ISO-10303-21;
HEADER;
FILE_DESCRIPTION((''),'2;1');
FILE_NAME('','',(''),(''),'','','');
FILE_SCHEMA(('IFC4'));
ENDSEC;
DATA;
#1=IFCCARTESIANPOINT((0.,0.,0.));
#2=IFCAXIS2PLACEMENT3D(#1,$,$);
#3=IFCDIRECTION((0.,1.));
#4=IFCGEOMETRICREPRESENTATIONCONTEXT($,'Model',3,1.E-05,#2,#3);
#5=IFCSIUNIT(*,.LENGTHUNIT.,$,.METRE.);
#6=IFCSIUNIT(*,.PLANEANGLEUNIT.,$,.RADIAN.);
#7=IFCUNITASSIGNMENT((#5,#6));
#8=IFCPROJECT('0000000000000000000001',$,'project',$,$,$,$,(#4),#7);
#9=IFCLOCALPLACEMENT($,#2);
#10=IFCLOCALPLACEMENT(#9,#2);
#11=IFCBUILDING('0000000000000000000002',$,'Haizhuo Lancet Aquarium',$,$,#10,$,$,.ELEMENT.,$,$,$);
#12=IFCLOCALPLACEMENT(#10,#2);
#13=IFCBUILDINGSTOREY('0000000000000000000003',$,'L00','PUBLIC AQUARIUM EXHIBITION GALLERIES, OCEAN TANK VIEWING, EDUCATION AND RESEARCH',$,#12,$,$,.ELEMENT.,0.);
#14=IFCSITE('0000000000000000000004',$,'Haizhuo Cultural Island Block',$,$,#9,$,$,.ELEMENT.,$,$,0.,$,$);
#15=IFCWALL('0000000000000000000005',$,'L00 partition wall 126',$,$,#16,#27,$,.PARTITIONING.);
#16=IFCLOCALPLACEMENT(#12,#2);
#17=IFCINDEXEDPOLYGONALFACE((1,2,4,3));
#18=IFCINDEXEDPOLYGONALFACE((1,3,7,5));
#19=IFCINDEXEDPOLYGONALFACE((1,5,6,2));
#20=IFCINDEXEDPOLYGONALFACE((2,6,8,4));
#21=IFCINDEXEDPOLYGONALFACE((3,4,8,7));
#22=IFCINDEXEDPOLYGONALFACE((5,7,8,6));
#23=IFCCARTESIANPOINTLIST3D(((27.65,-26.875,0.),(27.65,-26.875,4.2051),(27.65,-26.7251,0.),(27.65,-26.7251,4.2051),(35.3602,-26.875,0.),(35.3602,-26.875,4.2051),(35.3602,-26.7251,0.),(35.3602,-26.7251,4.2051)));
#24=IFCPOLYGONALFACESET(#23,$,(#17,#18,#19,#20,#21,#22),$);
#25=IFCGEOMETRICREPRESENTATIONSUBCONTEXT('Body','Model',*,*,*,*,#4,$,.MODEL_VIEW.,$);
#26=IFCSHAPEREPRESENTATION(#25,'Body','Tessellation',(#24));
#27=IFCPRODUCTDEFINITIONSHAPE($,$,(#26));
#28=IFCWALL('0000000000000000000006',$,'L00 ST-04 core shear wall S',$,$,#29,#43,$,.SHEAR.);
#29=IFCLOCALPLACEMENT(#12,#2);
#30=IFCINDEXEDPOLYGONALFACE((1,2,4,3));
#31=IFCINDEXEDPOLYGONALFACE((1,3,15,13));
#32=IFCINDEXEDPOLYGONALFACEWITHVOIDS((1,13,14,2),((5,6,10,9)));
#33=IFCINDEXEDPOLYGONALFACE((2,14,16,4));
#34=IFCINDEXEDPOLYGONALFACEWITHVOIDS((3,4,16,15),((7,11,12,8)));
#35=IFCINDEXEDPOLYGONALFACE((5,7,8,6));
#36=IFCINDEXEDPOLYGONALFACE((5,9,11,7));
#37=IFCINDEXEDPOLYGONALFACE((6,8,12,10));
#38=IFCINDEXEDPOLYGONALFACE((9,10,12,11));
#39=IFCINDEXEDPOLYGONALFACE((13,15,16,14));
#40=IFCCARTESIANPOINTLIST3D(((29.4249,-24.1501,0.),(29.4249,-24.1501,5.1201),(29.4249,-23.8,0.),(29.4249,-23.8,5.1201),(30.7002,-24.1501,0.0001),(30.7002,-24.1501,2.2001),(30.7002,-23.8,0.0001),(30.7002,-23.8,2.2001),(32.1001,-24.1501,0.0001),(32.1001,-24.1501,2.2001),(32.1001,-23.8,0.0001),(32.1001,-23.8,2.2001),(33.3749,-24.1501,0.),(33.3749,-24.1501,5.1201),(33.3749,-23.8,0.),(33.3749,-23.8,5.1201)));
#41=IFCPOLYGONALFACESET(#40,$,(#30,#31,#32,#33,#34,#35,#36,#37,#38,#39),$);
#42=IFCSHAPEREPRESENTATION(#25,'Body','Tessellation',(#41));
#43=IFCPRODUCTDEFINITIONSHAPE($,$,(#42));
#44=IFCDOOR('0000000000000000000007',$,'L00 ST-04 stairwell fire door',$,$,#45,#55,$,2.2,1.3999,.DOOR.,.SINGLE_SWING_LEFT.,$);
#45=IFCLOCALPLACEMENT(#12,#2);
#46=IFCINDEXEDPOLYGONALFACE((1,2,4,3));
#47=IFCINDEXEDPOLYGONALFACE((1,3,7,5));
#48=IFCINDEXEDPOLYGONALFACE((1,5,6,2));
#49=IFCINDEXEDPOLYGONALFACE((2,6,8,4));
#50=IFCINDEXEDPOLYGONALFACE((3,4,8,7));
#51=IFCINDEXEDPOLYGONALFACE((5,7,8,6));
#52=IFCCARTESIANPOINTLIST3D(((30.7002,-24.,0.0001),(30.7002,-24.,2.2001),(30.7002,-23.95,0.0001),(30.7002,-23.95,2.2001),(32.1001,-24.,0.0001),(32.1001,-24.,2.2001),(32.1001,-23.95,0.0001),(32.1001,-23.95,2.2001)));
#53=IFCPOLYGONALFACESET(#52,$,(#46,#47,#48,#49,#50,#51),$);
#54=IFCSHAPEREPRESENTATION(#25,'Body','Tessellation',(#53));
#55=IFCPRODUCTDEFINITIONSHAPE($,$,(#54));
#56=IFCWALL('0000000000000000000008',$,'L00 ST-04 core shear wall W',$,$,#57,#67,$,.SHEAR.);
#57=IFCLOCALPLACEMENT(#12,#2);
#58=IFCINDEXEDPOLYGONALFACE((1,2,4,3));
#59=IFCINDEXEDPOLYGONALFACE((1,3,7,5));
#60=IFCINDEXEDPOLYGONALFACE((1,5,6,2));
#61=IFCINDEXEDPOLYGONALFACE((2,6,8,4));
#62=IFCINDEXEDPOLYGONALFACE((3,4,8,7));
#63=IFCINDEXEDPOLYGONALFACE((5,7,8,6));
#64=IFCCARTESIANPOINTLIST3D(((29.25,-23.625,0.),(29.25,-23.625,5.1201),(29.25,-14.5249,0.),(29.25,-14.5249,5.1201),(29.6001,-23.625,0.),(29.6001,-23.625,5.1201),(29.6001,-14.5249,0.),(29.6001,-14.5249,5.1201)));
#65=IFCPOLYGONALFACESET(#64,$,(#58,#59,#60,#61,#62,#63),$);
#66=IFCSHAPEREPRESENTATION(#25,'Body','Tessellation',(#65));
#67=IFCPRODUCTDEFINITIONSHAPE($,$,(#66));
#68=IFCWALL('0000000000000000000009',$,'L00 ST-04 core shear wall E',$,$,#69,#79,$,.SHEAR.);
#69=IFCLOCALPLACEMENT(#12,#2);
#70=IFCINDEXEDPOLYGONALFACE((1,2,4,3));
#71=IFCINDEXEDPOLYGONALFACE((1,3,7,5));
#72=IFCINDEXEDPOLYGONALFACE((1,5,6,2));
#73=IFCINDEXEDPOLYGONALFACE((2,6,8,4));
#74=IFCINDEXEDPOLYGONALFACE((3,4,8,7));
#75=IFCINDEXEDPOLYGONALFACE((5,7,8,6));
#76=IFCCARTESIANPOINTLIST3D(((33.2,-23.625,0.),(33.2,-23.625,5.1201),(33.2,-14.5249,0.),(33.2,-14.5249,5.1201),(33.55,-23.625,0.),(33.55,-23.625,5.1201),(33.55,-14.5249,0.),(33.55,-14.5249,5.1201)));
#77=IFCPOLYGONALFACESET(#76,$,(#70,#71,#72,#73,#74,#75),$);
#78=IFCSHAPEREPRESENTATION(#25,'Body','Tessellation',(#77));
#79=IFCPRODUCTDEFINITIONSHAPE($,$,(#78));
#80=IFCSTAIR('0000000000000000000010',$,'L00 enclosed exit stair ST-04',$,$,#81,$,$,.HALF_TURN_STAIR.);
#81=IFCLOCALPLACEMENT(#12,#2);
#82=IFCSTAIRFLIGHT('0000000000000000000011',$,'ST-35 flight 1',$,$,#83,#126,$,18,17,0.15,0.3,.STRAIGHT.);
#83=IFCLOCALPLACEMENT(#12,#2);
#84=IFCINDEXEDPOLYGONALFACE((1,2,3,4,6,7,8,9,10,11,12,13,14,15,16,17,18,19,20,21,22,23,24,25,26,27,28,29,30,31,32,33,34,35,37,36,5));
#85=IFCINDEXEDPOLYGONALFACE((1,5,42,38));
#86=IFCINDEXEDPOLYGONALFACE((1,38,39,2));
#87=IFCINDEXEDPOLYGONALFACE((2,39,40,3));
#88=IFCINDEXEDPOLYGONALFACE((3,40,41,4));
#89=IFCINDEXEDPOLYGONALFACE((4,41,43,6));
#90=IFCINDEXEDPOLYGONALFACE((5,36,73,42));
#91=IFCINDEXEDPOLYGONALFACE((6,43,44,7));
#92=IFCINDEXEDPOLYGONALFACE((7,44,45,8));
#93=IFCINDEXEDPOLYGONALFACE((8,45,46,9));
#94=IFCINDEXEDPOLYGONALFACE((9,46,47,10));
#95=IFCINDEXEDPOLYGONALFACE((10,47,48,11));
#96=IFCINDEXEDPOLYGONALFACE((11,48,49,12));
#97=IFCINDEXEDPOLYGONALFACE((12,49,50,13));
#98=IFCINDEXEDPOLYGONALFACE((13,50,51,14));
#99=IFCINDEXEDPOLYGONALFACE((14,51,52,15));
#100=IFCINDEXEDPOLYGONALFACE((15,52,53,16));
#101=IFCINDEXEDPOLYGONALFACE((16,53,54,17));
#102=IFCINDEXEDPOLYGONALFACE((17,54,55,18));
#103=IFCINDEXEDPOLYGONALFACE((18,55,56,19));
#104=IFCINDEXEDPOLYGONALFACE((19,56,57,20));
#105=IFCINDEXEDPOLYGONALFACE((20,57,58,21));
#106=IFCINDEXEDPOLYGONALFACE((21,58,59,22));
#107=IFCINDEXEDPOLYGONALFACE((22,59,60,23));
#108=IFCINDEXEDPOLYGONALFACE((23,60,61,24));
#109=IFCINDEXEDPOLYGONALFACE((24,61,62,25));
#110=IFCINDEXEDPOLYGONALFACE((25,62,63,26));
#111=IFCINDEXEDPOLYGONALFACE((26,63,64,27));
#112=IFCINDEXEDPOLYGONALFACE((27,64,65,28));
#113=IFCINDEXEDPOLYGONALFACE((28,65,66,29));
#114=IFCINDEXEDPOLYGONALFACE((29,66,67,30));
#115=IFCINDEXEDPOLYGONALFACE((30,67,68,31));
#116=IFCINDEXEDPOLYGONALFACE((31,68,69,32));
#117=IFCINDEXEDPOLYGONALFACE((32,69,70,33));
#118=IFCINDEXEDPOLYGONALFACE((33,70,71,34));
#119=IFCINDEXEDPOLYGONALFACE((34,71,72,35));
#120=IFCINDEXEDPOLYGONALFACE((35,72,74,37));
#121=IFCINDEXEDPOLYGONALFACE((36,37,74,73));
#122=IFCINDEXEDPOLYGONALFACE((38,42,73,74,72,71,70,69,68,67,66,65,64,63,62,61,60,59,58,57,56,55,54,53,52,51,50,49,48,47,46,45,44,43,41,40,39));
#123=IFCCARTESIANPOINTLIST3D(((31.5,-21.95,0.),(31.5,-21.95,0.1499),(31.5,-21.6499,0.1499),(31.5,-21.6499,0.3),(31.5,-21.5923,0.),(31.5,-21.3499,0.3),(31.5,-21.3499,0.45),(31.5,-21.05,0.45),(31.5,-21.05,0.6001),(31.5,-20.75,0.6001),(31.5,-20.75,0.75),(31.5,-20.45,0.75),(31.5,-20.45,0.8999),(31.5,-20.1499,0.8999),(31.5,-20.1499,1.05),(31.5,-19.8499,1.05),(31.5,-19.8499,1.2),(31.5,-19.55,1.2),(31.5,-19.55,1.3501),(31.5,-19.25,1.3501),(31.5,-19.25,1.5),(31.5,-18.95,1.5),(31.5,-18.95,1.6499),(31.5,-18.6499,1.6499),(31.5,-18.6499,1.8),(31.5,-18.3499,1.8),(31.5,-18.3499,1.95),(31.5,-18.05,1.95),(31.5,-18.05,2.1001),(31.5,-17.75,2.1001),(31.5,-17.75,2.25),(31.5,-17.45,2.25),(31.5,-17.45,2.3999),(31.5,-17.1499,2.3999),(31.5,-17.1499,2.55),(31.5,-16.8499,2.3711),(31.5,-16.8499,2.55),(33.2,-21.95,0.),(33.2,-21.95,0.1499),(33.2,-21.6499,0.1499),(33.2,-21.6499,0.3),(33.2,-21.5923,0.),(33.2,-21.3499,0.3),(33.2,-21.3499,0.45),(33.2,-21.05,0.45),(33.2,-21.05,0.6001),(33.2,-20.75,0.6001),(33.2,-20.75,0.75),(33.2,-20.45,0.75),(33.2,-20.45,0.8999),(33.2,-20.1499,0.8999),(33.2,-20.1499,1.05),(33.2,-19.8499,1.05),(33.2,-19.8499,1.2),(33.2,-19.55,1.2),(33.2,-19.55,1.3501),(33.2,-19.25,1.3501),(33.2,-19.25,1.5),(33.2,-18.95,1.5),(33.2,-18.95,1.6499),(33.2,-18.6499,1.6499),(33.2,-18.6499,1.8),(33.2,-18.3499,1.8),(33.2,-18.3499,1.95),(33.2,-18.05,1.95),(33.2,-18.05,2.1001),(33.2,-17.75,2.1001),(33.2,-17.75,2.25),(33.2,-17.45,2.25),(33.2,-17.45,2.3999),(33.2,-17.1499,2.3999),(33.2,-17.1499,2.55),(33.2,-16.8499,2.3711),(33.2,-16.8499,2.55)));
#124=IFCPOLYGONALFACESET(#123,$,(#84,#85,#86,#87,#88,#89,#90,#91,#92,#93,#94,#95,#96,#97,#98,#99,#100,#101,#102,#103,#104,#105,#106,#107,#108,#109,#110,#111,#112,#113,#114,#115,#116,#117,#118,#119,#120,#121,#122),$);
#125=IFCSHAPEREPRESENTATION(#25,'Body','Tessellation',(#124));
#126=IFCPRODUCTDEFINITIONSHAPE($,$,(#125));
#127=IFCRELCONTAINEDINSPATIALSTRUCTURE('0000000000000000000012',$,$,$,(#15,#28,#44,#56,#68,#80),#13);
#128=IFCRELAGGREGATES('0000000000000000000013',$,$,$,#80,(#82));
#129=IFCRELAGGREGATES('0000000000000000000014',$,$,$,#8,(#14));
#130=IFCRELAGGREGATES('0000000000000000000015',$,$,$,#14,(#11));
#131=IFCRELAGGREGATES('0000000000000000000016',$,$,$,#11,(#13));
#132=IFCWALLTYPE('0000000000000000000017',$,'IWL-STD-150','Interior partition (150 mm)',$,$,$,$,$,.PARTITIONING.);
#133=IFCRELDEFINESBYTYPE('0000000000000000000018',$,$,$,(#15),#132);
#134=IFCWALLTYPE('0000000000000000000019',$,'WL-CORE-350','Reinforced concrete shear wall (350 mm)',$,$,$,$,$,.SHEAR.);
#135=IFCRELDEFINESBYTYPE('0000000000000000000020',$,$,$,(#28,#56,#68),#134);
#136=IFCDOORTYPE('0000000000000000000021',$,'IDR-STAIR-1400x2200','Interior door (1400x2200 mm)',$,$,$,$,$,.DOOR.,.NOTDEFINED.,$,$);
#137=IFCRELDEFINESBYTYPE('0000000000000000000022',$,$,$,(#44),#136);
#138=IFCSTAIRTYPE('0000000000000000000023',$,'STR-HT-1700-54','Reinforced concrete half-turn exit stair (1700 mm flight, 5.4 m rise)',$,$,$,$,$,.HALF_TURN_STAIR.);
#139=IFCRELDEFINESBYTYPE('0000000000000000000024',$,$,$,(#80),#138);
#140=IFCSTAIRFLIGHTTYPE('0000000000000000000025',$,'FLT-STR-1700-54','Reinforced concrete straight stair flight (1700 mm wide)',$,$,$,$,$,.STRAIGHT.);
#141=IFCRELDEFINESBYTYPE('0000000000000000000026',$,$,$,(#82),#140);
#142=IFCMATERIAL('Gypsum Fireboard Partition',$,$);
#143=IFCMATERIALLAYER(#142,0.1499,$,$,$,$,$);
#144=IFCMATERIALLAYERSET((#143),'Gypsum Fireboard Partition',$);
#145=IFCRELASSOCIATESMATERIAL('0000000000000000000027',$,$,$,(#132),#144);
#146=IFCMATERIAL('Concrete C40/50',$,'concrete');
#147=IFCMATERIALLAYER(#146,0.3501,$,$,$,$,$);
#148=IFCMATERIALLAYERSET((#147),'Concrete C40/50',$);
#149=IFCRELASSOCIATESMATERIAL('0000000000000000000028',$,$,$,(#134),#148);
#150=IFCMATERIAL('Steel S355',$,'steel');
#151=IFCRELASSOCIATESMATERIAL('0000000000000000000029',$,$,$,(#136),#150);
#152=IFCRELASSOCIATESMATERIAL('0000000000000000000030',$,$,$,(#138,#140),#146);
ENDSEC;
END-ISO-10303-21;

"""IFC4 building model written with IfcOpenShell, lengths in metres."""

from ifc_helpers import new_model, si_unit, direction, frame, frame_2d, origin, place, context, subcontext, project, spatial, polyline, rectangle, outline, extrude, material, layer, layer_set, type_object, element, fill, aggregate, save


model = new_model("IFC4")

# Units and contexts
model_context = context("Model", 3, precision=1e-05, world=origin(), true_north=direction((0.0, 1.0)))
body_context = subcontext(model_context, "Body", "Model", "MODEL_VIEW")
ifc_project = project(units=[si_unit("LENGTHUNIT", "METRE"), si_unit("PLANEANGLEUNIT", "RADIAN")], contexts=[model_context])

# Site, building, storey
site_placement = place(None, origin())
site = spatial("IfcSite", under=ifc_project, at=site_placement, Name="Haizhuo Cultural Island Block", CompositionType="ELEMENT", RefElevation=0.0)
building_placement = place(site_placement, origin())
building = spatial("IfcBuilding", under=site, at=building_placement, Name="Haizhuo Lancet Aquarium", CompositionType="ELEMENT")
storey_placement = place(building_placement, origin())
storey = spatial("IfcBuildingStorey", under=building, at=storey_placement, Name="L00", Description="PUBLIC AQUARIUM EXHIBITION GALLERIES, OCEAN TANK VIEWING, EDUCATION AND RESEARCH", CompositionType="ELEMENT", Elevation=0.0)

# Shared definitions
ifc_material_1 = material(Name="Concrete C40/50", Category="concrete")
ifc_material_2 = material(Name="Steel S355", Category="steel")

# Shared definitions
ifc_material_3 = material(Name="Gypsum Fireboard Partition")
ifc_layer_1 = layer(ifc_material_3, 0.1499)
ifc_layer_set_1 = layer_set([ifc_layer_1], Name="Gypsum Fireboard Partition")
wall_type_1 = type_object("IfcWallType", Name="IWL-STD-150", Description="Interior partition (150 mm)", PredefinedType="PARTITIONING", material=ifc_layer_set_1)

# Wall
wall_1_placement = place(storey_placement, frame((35.3601, -26.8, 0.0), z_axis=(0.0, 0.0, 1.0), x_axis=(-1.0, 0.0, 0.0)))
element("IfcWall", 1, at=wall_1_placement, inside=storey, type_object=wall_type_1, Name="L00 partition wall 126", PredefinedType="PARTITIONING", context=body_context, shape_type="SweptSolid", body=[
    extrude(rectangle(XDim=7.7102, YDim=0.1499, at=frame_2d((3.855, 0.0))), origin(), (0.0, 0.0, 1.0), 4.2051),
])

# Wall, opening, door
ifc_layer_2 = layer(ifc_material_1, 0.3501)
ifc_layer_set_2 = layer_set([ifc_layer_2], Name="Concrete C40/50")
wall_type_2 = type_object("IfcWallType", Name="WL-CORE-350", Description="Reinforced concrete shear wall (350 mm)", PredefinedType="SHEAR", material=ifc_layer_set_2)
wall_2_placement = place(storey_placement, frame((33.375, -23.9751, 0.0), z_axis=(0.0, 0.0, 1.0), x_axis=(-1.0, 0.0, 0.0)))
wall_2 = element("IfcWall", 2, at=wall_2_placement, inside=storey, type_object=wall_type_2, Name="L00 ST-04 core shear wall S", PredefinedType="SHEAR", context=body_context, shape_type="SweptSolid", body=[
    extrude(rectangle(XDim=3.95, YDim=0.3501, at=frame_2d((1.9751, 0.0))), origin(), (0.0, 0.0, 1.0), 5.1201),
])
opening_1_placement = place(wall_2_placement, frame((1.2749, 0.0, 0.0)))
opening_1 = element("IfcOpeningElement", 3, at=opening_1_placement, cuts=wall_2, PredefinedType="OPENING", context=body_context, shape_type="SweptSolid", body=[
    extrude(rectangle(XDim=1.3999, YDim=2.2, at=frame_2d((0.7, 1.1001))), frame((0.0, 0.1851, 0.0), z_axis=(0.0, -1.0, 0.0), x_axis=(1.0, 0.0, 0.0)), (0.0, 0.0, 1.0), 0.3701),
])
door_type_1 = type_object("IfcDoorType", Name="IDR-STAIR-1400x2200", Description="Interior door (1400x2200 mm)", OperationType="NOTDEFINED", PredefinedType="DOOR", material=ifc_material_2)
door_1_placement = place(opening_1_placement, origin())
door_1 = element("IfcDoor", 4, at=door_1_placement, inside=storey, type_object=door_type_1, Name="L00 ST-04 stairwell fire door", OperationType="SINGLE_SWING_LEFT", OverallHeight=2.2, OverallWidth=1.3999, PredefinedType="DOOR", context=body_context, shape_type="SweptSolid", body=[
    extrude(rectangle(XDim=1.3999, YDim=2.2, at=frame_2d((0.7, 1.1001))), frame((0.0, 0.0249, 0.0), z_axis=(0.0, -1.0, 0.0), x_axis=(1.0, 0.0, 0.0)), (0.0, 0.0, 1.0), 0.05),
])
fill(opening_1, door_1)

# Walls
for number, where, z_axis, x_axis, name in (
    (5, (29.425, -23.625, 0.0), (0.0, 0.0, 1.0), (0.0, 1.0, 0.0), "L00 ST-04 core shear wall W"),
    (6, (33.375, -23.625, 0.0), (0.0, 0.0, 1.0), (0.0, 1.0, 0.0), "L00 ST-04 core shear wall E"),
):
    element("IfcWall", number, at=place(storey_placement, frame(where, z_axis=z_axis, x_axis=x_axis)), inside=storey, type_object=wall_type_2, Name=name, PredefinedType="SHEAR", context=body_context, shape_type="SweptSolid", body=[
        extrude(rectangle(XDim=9.1001, YDim=0.3501, at=frame_2d((4.55, 0.0))), origin(), (0.0, 0.0, 1.0), 5.1201),
    ])

# Stair, stair flight
stair_type = type_object("IfcStairType", Name="STR-HT-1700-54", Description="Reinforced concrete half-turn exit stair (1700 mm flight, 5.4 m rise)", PredefinedType="HALF_TURN_STAIR", material=ifc_material_1)
stair_placement = place(storey_placement, origin())
stair = element("IfcStair", 7, at=stair_placement, inside=storey, type_object=stair_type, Name="L00 enclosed exit stair ST-04", PredefinedType="HALF_TURN_STAIR")
stair_flight_type = type_object("IfcStairFlightType", Name="FLT-STR-1700-54", Description="Reinforced concrete straight stair flight (1700 mm wide)", PredefinedType="STRAIGHT", material=ifc_material_1)
stair_flight_placement = place(storey_placement, frame((32.3501, -21.95, 0.0), z_axis=(0.0, 0.0, 1.0), x_axis=(0.0, 1.0, 0.0)))
stair_flight = element("IfcStairFlight", 8, at=stair_flight_placement, type_object=stair_flight_type, Name="ST-35 flight 1", NumberOfRisers=18, NumberOfTreads=17, PredefinedType="STRAIGHT", RiserHeight=0.15, TreadLength=0.3, context=body_context, shape_type="SweptSolid", body=[
    extrude(outline(polyline([(0.0, 0.0), (0.0, 0.1499), (0.3, 0.1499), (0.3, 0.3), (0.6001, 0.3), (0.6001, 0.45), (0.8999, 0.45), (0.8999, 0.6001), (1.2, 0.6001), (1.2, 0.75), (1.5, 0.75), (1.5, 0.8999), (1.8, 0.8999), (1.8, 1.05), (2.1001, 1.05), (2.1001, 1.2), (2.3999, 1.2), (2.3999, 1.3501), (2.7, 1.3501), (2.7, 1.5), (3.0, 1.5), (3.0, 1.6499), (3.3, 1.6499), (3.3, 1.8), (3.6001, 1.8), (3.6001, 1.95), (3.8999, 1.95), (3.8999, 2.1001), (4.2, 2.1001), (4.2, 2.25), (4.5, 2.25), (4.5, 2.3999), (4.8, 2.3999), (4.8, 2.55), (5.1001, 2.55), (5.1001, 2.7), (5.1001, 2.3711), (0.3577, 0.0), (0.0, 0.0)])), frame((0.0, 0.8501, 0.0), z_axis=(0.0, -1.0, 0.0), x_axis=(1.0, 0.0, 0.0)), (0.0, 0.0, 1.0), 1.7),
])
aggregate(stair, [stair_flight])

save(model, "model.ifc")
